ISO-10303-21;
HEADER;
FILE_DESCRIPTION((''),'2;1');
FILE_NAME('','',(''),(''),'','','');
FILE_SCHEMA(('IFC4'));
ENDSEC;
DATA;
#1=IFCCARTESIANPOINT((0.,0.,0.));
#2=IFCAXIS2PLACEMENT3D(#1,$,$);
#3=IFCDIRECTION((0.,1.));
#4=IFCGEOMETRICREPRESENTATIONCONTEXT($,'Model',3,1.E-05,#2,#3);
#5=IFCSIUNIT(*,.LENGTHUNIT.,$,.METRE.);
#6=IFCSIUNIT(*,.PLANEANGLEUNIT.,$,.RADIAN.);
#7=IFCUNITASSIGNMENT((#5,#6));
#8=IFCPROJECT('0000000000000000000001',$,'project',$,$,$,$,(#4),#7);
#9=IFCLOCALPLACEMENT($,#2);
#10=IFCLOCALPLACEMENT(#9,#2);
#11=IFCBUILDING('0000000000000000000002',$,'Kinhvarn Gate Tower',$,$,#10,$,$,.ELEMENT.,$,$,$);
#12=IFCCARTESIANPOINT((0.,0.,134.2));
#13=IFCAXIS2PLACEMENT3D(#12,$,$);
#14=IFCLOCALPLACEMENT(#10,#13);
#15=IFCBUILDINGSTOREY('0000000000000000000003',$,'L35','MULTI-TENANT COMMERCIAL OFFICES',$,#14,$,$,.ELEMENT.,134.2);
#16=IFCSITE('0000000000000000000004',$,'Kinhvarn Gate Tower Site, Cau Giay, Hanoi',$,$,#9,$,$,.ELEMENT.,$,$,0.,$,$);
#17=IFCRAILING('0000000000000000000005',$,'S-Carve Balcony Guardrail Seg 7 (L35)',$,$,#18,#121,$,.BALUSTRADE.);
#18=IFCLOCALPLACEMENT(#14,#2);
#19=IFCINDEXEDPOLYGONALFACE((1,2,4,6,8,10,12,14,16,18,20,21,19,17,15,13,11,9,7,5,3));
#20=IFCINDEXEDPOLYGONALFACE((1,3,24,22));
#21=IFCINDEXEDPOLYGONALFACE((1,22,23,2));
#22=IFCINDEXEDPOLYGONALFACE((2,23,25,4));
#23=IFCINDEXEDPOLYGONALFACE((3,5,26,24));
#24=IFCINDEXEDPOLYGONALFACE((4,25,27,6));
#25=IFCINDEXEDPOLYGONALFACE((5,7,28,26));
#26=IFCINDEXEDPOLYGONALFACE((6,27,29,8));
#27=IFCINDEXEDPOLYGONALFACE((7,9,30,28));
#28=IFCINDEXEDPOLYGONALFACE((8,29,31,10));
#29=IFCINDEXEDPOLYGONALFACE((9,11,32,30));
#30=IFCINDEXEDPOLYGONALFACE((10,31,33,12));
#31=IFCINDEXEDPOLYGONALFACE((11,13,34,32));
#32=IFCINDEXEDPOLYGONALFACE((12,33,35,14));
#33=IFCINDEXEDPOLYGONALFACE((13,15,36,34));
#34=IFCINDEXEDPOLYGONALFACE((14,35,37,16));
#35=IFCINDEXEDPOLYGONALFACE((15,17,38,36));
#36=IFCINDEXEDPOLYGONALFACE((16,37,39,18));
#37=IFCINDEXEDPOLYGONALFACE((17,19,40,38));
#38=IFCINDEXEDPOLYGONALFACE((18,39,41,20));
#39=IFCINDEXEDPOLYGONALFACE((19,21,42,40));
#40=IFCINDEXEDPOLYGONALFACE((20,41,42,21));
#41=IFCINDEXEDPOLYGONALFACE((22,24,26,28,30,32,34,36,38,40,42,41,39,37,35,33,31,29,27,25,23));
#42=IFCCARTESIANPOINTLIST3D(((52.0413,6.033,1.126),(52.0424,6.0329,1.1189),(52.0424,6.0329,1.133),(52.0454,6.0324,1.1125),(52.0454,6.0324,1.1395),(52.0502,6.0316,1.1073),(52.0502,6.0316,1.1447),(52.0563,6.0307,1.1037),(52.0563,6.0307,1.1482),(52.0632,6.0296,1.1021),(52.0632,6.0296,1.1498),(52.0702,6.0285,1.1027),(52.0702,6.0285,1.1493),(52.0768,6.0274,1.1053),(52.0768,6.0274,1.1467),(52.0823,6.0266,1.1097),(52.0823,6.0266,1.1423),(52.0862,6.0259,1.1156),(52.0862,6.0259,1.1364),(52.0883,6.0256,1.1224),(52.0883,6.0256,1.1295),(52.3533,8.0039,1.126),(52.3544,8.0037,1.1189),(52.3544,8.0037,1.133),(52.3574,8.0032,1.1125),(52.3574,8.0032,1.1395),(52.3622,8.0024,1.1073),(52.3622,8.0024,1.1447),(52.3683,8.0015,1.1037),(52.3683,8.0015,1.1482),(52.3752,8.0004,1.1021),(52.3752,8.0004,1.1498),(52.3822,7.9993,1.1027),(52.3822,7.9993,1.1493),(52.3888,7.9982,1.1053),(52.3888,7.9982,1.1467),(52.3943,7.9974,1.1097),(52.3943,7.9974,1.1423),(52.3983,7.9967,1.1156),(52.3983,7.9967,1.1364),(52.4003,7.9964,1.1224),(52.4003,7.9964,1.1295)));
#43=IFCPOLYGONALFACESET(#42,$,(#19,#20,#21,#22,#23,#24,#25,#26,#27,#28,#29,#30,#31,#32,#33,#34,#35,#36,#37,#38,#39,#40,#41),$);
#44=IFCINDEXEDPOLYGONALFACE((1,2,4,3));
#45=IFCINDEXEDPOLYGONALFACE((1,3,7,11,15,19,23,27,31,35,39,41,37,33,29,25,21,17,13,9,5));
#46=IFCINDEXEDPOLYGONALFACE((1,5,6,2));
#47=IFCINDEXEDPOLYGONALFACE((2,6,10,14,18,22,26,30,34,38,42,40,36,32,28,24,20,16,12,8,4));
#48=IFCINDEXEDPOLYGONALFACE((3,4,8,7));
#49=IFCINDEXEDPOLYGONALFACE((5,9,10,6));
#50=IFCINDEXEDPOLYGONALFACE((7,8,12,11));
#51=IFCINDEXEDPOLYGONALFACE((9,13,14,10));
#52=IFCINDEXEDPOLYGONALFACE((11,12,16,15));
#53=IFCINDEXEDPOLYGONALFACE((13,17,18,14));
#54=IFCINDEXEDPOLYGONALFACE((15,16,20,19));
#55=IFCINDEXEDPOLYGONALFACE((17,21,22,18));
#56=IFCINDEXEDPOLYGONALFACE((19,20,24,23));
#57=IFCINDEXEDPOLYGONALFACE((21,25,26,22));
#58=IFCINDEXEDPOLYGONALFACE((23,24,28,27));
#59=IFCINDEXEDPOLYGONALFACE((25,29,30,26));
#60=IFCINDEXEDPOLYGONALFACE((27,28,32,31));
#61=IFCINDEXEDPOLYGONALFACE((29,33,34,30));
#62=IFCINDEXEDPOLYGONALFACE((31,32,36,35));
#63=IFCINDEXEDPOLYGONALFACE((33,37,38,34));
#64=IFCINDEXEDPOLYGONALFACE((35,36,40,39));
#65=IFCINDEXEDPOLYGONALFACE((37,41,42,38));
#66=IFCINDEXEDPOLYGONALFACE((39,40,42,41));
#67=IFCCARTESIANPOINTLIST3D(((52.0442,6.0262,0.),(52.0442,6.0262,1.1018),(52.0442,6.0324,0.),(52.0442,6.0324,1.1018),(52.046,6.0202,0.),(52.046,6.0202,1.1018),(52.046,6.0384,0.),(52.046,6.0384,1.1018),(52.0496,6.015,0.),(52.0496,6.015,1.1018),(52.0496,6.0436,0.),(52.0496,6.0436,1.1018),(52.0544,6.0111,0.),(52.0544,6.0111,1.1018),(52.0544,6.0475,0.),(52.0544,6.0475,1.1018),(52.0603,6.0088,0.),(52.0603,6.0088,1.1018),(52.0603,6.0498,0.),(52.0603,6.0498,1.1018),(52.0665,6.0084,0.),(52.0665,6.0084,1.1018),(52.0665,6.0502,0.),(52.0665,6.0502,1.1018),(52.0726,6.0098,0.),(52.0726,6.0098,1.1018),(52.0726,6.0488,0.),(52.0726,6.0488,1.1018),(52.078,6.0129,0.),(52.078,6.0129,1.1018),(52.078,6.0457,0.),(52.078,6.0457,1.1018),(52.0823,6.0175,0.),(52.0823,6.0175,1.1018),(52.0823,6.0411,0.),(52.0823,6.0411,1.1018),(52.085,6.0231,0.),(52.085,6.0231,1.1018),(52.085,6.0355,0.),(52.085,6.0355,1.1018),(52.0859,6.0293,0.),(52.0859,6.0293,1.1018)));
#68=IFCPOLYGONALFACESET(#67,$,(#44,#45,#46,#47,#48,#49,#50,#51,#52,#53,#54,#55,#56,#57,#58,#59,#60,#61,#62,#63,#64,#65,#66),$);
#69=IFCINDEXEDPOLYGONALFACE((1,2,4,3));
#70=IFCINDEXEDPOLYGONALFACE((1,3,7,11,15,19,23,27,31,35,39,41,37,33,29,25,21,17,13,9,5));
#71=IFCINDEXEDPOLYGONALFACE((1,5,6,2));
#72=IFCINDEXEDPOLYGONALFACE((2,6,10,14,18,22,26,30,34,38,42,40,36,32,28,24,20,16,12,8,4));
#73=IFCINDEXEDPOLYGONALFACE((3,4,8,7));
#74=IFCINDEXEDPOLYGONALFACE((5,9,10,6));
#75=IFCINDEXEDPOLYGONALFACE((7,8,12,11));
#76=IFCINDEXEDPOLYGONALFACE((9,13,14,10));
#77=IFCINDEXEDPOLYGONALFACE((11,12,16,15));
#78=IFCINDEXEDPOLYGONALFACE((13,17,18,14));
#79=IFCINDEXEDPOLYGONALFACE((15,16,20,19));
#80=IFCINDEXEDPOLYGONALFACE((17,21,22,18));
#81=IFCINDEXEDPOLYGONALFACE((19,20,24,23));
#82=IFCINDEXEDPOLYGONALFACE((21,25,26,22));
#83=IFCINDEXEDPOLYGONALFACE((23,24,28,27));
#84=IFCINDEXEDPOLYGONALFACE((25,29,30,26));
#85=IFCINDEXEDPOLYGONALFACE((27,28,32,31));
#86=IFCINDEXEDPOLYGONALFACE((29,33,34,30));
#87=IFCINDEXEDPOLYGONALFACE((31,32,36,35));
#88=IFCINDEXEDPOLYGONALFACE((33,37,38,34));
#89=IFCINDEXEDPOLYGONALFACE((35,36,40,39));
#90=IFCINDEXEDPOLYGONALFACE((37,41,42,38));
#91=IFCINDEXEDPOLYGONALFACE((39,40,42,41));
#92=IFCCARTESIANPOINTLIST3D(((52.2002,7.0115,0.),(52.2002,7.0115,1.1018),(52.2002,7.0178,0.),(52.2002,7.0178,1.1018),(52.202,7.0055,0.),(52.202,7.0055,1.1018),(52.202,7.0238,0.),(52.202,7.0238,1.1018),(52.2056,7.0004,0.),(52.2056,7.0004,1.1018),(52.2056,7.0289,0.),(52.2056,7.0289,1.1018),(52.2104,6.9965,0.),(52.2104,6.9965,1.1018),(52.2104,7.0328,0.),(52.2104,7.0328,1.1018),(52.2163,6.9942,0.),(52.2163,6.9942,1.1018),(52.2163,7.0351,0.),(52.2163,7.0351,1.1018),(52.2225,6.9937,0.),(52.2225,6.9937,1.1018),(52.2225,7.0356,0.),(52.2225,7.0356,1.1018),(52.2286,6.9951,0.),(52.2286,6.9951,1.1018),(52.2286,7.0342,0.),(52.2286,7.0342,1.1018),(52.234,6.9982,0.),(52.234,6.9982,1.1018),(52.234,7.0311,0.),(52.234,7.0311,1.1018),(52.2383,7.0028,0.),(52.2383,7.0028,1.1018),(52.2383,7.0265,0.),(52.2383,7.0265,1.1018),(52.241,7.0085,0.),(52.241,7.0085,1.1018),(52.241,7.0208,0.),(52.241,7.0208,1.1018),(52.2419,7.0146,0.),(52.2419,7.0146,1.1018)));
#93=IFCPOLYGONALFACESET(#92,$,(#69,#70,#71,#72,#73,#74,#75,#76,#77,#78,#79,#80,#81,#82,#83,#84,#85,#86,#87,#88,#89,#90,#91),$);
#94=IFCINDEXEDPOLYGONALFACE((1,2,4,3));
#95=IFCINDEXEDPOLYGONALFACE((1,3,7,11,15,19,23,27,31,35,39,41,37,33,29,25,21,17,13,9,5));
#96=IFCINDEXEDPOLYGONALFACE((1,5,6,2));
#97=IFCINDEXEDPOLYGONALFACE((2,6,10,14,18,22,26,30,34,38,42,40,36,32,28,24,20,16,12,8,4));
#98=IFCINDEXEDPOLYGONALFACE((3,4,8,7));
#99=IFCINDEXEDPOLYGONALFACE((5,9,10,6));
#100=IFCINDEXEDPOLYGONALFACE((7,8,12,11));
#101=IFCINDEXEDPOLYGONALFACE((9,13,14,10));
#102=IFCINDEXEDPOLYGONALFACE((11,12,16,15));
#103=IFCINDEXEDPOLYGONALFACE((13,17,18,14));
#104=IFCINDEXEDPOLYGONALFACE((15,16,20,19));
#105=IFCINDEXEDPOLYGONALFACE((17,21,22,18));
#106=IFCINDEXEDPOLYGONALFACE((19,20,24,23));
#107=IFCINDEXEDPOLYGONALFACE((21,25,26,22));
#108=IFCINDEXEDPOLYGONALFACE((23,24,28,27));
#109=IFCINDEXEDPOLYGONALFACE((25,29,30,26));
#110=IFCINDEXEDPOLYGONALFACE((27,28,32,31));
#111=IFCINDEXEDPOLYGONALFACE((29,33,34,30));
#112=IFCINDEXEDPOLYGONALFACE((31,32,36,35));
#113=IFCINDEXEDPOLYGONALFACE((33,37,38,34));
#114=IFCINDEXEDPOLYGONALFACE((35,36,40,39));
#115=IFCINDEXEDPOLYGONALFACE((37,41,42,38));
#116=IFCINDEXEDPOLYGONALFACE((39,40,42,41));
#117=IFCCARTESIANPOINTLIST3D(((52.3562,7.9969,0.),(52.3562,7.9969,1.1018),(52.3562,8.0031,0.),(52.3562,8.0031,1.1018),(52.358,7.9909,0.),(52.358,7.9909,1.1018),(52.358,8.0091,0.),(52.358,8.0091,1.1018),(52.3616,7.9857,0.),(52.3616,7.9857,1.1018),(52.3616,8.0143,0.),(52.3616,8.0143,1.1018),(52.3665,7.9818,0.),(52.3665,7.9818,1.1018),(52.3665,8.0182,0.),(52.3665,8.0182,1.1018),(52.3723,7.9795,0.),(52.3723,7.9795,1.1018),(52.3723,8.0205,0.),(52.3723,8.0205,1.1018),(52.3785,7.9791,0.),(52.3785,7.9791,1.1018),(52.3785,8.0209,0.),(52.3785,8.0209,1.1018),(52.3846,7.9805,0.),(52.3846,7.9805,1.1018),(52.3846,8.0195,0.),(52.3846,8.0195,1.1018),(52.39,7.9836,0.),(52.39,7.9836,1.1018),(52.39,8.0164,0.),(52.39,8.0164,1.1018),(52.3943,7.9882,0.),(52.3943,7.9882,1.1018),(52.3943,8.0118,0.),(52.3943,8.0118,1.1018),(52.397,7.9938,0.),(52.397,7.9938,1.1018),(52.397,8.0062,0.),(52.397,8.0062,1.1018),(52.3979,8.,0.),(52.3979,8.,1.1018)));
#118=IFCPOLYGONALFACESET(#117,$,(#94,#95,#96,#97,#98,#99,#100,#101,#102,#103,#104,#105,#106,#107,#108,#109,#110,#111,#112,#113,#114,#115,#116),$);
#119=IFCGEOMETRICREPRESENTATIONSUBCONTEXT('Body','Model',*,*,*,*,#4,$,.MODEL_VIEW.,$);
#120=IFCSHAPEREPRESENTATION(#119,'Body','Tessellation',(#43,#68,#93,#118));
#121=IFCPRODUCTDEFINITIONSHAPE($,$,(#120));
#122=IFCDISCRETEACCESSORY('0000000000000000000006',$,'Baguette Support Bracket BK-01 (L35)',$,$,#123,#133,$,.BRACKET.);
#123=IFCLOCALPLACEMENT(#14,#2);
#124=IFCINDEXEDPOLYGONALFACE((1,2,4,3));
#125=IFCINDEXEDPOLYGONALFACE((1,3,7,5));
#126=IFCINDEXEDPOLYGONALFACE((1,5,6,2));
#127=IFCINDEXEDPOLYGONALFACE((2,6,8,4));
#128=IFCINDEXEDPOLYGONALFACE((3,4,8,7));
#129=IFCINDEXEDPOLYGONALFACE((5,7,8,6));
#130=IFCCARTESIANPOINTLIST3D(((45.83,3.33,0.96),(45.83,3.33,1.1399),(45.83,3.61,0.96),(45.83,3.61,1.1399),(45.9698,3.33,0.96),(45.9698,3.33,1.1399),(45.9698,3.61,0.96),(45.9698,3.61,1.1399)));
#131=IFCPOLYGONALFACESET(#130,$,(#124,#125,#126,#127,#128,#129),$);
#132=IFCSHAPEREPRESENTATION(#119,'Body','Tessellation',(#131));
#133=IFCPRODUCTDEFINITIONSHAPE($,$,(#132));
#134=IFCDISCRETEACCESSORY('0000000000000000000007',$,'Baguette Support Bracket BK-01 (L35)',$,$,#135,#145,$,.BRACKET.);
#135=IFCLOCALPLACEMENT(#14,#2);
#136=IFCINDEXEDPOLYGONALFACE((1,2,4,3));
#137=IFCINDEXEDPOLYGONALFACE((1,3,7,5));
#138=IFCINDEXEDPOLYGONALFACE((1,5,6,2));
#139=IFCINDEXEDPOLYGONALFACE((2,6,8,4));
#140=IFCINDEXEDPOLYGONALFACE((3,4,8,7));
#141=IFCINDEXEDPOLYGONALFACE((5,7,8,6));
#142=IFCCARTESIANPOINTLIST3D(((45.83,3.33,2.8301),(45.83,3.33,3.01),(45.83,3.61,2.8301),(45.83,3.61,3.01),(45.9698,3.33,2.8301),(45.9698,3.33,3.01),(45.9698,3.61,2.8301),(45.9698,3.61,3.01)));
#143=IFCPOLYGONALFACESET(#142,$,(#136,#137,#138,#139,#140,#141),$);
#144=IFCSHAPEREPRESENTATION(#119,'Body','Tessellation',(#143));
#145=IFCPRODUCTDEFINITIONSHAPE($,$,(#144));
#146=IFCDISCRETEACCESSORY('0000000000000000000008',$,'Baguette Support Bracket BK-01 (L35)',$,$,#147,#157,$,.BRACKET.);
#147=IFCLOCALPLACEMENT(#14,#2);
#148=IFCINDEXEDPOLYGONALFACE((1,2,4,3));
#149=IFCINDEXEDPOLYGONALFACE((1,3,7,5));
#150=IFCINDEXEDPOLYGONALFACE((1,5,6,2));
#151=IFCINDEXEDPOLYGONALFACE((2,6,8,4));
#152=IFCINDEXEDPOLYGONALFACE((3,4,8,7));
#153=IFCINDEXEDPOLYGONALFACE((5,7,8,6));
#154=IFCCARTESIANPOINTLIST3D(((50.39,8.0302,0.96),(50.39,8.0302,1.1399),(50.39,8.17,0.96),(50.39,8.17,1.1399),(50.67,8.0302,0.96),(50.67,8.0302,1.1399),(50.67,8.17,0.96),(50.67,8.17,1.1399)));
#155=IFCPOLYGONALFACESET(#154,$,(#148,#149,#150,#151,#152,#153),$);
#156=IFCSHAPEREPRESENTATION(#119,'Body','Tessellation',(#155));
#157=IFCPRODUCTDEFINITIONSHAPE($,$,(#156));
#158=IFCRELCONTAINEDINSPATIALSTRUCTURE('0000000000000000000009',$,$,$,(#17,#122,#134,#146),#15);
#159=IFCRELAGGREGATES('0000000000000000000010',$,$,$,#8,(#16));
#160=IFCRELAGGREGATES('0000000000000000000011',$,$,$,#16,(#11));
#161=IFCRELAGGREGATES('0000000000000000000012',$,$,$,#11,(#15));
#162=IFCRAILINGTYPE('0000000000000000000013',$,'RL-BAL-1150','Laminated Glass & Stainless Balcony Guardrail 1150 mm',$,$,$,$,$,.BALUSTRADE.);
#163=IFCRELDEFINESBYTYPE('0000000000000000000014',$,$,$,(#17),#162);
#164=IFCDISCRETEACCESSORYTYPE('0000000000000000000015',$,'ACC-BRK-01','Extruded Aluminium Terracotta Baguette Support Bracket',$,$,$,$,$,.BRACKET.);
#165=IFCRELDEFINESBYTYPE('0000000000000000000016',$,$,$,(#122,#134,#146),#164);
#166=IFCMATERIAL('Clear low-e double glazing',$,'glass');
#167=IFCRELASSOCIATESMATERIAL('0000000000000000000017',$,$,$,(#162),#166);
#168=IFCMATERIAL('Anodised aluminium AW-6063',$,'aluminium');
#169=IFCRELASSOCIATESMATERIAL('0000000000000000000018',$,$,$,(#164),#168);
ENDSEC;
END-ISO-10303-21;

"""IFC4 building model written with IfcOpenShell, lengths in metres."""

from ifc_helpers import new_model, si_unit, direction, frame, origin, origin_2d, place, context, subcontext, project, spatial, rectangle, circle, extrude, material, type_object, element, save


model = new_model("IFC4")

# Units and contexts
model_context = context("Model", 3, precision=1e-05, world=origin(), true_north=direction((0.0, 1.0)))
body_context = subcontext(model_context, "Body", "Model", "MODEL_VIEW")
ifc_project = project(units=[si_unit("LENGTHUNIT", "METRE"), si_unit("PLANEANGLEUNIT", "RADIAN")], contexts=[model_context])

# Site, building, storey
site_placement = place(None, origin())
site = spatial("IfcSite", under=ifc_project, at=site_placement, Name="Kinhvarn Gate Tower Site, Cau Giay, Hanoi", CompositionType="ELEMENT", RefElevation=0.0)
building_placement = place(site_placement, origin())
building = spatial("IfcBuilding", under=site, at=building_placement, Name="Kinhvarn Gate Tower", CompositionType="ELEMENT")
storey_placement = place(building_placement, frame((0.0, 0.0, 134.2)))
storey = spatial("IfcBuildingStorey", under=building, at=storey_placement, Name="L35", Description="MULTI-TENANT COMMERCIAL OFFICES", CompositionType="ELEMENT", Elevation=134.2)

# Shared definitions
ifc_material_1 = material(Name="Anodised aluminium AW-6063", Category="aluminium")

# Shared definitions
ifc_material_2 = material(Name="Clear low-e double glazing", Category="glass")

# Railing
railing_type = type_object("IfcRailingType", Name="RL-BAL-1150", Description="Laminated Glass & Stainless Balcony Guardrail 1150 mm", PredefinedType="BALUSTRADE", material=ifc_material_2)
railing_1_placement = place(storey_placement, frame((52.0649, 6.0293, 0.0)))
element("IfcRailing", 1, at=railing_1_placement, inside=storey, type_object=railing_type, Name="S-Carve Balcony Guardrail Seg 7 (L35)", PredefinedType="BALUSTRADE", context=body_context, shape_type="SweptSolid", body=[
    extrude(circle(Radius=0.0239, at=origin_2d()), frame((0.0, 0.0, 1.126), z_axis=(0.156377, 0.987697, 0.0), x_axis=(-0.987697, 0.156377, 0.0)), (0.0, 0.0, 1.0), 1.9954),
    extrude(circle(Radius=0.021, at=origin_2d()), origin(), (0.0, 0.0, 1.0), 1.1018),
    extrude(circle(Radius=0.021, at=origin_2d()), frame((0.156, 0.9854, 0.0)), (0.0, 0.0, 1.0), 1.1018),
    extrude(circle(Radius=0.021, at=origin_2d()), frame((0.312, 1.9707, 0.0)), (0.0, 0.0, 1.0), 1.1018),
])

# Discrete accessories
discrete_accessory_type = type_object("IfcDiscreteAccessoryType", Name="ACC-BRK-01", Description="Extruded Aluminium Terracotta Baguette Support Bracket", PredefinedType="BRACKET", material=ifc_material_1)
for number, where, z_axis, x_axis, name in (
    (2, (45.8999, 3.47, 0.96), (0.0, 0.0, 1.0), (1.0, 0.0, 0.0), "Baguette Support Bracket BK-01 (L35)"),
    (3, (45.8999, 3.47, 2.8301), (0.0, 0.0, 1.0), (1.0, 0.0, 0.0), "Baguette Support Bracket BK-01 (L35)"),
    (4, (50.53, 8.1001, 0.96), (0.0, 0.0, 1.0), (0.0, 1.0, 0.0), "Baguette Support Bracket BK-01 (L35)"),
):
    element("IfcDiscreteAccessory", number, at=place(storey_placement, frame(where, z_axis=z_axis, x_axis=x_axis)), inside=storey, type_object=discrete_accessory_type, Name=name, PredefinedType="BRACKET", context=body_context, shape_type="SweptSolid", body=[
        extrude(rectangle(XDim=0.1399, YDim=0.28, at=origin_2d()), origin(), (0.0, 0.0, 1.0), 0.1799),
    ])

save(model, "model.ifc")
